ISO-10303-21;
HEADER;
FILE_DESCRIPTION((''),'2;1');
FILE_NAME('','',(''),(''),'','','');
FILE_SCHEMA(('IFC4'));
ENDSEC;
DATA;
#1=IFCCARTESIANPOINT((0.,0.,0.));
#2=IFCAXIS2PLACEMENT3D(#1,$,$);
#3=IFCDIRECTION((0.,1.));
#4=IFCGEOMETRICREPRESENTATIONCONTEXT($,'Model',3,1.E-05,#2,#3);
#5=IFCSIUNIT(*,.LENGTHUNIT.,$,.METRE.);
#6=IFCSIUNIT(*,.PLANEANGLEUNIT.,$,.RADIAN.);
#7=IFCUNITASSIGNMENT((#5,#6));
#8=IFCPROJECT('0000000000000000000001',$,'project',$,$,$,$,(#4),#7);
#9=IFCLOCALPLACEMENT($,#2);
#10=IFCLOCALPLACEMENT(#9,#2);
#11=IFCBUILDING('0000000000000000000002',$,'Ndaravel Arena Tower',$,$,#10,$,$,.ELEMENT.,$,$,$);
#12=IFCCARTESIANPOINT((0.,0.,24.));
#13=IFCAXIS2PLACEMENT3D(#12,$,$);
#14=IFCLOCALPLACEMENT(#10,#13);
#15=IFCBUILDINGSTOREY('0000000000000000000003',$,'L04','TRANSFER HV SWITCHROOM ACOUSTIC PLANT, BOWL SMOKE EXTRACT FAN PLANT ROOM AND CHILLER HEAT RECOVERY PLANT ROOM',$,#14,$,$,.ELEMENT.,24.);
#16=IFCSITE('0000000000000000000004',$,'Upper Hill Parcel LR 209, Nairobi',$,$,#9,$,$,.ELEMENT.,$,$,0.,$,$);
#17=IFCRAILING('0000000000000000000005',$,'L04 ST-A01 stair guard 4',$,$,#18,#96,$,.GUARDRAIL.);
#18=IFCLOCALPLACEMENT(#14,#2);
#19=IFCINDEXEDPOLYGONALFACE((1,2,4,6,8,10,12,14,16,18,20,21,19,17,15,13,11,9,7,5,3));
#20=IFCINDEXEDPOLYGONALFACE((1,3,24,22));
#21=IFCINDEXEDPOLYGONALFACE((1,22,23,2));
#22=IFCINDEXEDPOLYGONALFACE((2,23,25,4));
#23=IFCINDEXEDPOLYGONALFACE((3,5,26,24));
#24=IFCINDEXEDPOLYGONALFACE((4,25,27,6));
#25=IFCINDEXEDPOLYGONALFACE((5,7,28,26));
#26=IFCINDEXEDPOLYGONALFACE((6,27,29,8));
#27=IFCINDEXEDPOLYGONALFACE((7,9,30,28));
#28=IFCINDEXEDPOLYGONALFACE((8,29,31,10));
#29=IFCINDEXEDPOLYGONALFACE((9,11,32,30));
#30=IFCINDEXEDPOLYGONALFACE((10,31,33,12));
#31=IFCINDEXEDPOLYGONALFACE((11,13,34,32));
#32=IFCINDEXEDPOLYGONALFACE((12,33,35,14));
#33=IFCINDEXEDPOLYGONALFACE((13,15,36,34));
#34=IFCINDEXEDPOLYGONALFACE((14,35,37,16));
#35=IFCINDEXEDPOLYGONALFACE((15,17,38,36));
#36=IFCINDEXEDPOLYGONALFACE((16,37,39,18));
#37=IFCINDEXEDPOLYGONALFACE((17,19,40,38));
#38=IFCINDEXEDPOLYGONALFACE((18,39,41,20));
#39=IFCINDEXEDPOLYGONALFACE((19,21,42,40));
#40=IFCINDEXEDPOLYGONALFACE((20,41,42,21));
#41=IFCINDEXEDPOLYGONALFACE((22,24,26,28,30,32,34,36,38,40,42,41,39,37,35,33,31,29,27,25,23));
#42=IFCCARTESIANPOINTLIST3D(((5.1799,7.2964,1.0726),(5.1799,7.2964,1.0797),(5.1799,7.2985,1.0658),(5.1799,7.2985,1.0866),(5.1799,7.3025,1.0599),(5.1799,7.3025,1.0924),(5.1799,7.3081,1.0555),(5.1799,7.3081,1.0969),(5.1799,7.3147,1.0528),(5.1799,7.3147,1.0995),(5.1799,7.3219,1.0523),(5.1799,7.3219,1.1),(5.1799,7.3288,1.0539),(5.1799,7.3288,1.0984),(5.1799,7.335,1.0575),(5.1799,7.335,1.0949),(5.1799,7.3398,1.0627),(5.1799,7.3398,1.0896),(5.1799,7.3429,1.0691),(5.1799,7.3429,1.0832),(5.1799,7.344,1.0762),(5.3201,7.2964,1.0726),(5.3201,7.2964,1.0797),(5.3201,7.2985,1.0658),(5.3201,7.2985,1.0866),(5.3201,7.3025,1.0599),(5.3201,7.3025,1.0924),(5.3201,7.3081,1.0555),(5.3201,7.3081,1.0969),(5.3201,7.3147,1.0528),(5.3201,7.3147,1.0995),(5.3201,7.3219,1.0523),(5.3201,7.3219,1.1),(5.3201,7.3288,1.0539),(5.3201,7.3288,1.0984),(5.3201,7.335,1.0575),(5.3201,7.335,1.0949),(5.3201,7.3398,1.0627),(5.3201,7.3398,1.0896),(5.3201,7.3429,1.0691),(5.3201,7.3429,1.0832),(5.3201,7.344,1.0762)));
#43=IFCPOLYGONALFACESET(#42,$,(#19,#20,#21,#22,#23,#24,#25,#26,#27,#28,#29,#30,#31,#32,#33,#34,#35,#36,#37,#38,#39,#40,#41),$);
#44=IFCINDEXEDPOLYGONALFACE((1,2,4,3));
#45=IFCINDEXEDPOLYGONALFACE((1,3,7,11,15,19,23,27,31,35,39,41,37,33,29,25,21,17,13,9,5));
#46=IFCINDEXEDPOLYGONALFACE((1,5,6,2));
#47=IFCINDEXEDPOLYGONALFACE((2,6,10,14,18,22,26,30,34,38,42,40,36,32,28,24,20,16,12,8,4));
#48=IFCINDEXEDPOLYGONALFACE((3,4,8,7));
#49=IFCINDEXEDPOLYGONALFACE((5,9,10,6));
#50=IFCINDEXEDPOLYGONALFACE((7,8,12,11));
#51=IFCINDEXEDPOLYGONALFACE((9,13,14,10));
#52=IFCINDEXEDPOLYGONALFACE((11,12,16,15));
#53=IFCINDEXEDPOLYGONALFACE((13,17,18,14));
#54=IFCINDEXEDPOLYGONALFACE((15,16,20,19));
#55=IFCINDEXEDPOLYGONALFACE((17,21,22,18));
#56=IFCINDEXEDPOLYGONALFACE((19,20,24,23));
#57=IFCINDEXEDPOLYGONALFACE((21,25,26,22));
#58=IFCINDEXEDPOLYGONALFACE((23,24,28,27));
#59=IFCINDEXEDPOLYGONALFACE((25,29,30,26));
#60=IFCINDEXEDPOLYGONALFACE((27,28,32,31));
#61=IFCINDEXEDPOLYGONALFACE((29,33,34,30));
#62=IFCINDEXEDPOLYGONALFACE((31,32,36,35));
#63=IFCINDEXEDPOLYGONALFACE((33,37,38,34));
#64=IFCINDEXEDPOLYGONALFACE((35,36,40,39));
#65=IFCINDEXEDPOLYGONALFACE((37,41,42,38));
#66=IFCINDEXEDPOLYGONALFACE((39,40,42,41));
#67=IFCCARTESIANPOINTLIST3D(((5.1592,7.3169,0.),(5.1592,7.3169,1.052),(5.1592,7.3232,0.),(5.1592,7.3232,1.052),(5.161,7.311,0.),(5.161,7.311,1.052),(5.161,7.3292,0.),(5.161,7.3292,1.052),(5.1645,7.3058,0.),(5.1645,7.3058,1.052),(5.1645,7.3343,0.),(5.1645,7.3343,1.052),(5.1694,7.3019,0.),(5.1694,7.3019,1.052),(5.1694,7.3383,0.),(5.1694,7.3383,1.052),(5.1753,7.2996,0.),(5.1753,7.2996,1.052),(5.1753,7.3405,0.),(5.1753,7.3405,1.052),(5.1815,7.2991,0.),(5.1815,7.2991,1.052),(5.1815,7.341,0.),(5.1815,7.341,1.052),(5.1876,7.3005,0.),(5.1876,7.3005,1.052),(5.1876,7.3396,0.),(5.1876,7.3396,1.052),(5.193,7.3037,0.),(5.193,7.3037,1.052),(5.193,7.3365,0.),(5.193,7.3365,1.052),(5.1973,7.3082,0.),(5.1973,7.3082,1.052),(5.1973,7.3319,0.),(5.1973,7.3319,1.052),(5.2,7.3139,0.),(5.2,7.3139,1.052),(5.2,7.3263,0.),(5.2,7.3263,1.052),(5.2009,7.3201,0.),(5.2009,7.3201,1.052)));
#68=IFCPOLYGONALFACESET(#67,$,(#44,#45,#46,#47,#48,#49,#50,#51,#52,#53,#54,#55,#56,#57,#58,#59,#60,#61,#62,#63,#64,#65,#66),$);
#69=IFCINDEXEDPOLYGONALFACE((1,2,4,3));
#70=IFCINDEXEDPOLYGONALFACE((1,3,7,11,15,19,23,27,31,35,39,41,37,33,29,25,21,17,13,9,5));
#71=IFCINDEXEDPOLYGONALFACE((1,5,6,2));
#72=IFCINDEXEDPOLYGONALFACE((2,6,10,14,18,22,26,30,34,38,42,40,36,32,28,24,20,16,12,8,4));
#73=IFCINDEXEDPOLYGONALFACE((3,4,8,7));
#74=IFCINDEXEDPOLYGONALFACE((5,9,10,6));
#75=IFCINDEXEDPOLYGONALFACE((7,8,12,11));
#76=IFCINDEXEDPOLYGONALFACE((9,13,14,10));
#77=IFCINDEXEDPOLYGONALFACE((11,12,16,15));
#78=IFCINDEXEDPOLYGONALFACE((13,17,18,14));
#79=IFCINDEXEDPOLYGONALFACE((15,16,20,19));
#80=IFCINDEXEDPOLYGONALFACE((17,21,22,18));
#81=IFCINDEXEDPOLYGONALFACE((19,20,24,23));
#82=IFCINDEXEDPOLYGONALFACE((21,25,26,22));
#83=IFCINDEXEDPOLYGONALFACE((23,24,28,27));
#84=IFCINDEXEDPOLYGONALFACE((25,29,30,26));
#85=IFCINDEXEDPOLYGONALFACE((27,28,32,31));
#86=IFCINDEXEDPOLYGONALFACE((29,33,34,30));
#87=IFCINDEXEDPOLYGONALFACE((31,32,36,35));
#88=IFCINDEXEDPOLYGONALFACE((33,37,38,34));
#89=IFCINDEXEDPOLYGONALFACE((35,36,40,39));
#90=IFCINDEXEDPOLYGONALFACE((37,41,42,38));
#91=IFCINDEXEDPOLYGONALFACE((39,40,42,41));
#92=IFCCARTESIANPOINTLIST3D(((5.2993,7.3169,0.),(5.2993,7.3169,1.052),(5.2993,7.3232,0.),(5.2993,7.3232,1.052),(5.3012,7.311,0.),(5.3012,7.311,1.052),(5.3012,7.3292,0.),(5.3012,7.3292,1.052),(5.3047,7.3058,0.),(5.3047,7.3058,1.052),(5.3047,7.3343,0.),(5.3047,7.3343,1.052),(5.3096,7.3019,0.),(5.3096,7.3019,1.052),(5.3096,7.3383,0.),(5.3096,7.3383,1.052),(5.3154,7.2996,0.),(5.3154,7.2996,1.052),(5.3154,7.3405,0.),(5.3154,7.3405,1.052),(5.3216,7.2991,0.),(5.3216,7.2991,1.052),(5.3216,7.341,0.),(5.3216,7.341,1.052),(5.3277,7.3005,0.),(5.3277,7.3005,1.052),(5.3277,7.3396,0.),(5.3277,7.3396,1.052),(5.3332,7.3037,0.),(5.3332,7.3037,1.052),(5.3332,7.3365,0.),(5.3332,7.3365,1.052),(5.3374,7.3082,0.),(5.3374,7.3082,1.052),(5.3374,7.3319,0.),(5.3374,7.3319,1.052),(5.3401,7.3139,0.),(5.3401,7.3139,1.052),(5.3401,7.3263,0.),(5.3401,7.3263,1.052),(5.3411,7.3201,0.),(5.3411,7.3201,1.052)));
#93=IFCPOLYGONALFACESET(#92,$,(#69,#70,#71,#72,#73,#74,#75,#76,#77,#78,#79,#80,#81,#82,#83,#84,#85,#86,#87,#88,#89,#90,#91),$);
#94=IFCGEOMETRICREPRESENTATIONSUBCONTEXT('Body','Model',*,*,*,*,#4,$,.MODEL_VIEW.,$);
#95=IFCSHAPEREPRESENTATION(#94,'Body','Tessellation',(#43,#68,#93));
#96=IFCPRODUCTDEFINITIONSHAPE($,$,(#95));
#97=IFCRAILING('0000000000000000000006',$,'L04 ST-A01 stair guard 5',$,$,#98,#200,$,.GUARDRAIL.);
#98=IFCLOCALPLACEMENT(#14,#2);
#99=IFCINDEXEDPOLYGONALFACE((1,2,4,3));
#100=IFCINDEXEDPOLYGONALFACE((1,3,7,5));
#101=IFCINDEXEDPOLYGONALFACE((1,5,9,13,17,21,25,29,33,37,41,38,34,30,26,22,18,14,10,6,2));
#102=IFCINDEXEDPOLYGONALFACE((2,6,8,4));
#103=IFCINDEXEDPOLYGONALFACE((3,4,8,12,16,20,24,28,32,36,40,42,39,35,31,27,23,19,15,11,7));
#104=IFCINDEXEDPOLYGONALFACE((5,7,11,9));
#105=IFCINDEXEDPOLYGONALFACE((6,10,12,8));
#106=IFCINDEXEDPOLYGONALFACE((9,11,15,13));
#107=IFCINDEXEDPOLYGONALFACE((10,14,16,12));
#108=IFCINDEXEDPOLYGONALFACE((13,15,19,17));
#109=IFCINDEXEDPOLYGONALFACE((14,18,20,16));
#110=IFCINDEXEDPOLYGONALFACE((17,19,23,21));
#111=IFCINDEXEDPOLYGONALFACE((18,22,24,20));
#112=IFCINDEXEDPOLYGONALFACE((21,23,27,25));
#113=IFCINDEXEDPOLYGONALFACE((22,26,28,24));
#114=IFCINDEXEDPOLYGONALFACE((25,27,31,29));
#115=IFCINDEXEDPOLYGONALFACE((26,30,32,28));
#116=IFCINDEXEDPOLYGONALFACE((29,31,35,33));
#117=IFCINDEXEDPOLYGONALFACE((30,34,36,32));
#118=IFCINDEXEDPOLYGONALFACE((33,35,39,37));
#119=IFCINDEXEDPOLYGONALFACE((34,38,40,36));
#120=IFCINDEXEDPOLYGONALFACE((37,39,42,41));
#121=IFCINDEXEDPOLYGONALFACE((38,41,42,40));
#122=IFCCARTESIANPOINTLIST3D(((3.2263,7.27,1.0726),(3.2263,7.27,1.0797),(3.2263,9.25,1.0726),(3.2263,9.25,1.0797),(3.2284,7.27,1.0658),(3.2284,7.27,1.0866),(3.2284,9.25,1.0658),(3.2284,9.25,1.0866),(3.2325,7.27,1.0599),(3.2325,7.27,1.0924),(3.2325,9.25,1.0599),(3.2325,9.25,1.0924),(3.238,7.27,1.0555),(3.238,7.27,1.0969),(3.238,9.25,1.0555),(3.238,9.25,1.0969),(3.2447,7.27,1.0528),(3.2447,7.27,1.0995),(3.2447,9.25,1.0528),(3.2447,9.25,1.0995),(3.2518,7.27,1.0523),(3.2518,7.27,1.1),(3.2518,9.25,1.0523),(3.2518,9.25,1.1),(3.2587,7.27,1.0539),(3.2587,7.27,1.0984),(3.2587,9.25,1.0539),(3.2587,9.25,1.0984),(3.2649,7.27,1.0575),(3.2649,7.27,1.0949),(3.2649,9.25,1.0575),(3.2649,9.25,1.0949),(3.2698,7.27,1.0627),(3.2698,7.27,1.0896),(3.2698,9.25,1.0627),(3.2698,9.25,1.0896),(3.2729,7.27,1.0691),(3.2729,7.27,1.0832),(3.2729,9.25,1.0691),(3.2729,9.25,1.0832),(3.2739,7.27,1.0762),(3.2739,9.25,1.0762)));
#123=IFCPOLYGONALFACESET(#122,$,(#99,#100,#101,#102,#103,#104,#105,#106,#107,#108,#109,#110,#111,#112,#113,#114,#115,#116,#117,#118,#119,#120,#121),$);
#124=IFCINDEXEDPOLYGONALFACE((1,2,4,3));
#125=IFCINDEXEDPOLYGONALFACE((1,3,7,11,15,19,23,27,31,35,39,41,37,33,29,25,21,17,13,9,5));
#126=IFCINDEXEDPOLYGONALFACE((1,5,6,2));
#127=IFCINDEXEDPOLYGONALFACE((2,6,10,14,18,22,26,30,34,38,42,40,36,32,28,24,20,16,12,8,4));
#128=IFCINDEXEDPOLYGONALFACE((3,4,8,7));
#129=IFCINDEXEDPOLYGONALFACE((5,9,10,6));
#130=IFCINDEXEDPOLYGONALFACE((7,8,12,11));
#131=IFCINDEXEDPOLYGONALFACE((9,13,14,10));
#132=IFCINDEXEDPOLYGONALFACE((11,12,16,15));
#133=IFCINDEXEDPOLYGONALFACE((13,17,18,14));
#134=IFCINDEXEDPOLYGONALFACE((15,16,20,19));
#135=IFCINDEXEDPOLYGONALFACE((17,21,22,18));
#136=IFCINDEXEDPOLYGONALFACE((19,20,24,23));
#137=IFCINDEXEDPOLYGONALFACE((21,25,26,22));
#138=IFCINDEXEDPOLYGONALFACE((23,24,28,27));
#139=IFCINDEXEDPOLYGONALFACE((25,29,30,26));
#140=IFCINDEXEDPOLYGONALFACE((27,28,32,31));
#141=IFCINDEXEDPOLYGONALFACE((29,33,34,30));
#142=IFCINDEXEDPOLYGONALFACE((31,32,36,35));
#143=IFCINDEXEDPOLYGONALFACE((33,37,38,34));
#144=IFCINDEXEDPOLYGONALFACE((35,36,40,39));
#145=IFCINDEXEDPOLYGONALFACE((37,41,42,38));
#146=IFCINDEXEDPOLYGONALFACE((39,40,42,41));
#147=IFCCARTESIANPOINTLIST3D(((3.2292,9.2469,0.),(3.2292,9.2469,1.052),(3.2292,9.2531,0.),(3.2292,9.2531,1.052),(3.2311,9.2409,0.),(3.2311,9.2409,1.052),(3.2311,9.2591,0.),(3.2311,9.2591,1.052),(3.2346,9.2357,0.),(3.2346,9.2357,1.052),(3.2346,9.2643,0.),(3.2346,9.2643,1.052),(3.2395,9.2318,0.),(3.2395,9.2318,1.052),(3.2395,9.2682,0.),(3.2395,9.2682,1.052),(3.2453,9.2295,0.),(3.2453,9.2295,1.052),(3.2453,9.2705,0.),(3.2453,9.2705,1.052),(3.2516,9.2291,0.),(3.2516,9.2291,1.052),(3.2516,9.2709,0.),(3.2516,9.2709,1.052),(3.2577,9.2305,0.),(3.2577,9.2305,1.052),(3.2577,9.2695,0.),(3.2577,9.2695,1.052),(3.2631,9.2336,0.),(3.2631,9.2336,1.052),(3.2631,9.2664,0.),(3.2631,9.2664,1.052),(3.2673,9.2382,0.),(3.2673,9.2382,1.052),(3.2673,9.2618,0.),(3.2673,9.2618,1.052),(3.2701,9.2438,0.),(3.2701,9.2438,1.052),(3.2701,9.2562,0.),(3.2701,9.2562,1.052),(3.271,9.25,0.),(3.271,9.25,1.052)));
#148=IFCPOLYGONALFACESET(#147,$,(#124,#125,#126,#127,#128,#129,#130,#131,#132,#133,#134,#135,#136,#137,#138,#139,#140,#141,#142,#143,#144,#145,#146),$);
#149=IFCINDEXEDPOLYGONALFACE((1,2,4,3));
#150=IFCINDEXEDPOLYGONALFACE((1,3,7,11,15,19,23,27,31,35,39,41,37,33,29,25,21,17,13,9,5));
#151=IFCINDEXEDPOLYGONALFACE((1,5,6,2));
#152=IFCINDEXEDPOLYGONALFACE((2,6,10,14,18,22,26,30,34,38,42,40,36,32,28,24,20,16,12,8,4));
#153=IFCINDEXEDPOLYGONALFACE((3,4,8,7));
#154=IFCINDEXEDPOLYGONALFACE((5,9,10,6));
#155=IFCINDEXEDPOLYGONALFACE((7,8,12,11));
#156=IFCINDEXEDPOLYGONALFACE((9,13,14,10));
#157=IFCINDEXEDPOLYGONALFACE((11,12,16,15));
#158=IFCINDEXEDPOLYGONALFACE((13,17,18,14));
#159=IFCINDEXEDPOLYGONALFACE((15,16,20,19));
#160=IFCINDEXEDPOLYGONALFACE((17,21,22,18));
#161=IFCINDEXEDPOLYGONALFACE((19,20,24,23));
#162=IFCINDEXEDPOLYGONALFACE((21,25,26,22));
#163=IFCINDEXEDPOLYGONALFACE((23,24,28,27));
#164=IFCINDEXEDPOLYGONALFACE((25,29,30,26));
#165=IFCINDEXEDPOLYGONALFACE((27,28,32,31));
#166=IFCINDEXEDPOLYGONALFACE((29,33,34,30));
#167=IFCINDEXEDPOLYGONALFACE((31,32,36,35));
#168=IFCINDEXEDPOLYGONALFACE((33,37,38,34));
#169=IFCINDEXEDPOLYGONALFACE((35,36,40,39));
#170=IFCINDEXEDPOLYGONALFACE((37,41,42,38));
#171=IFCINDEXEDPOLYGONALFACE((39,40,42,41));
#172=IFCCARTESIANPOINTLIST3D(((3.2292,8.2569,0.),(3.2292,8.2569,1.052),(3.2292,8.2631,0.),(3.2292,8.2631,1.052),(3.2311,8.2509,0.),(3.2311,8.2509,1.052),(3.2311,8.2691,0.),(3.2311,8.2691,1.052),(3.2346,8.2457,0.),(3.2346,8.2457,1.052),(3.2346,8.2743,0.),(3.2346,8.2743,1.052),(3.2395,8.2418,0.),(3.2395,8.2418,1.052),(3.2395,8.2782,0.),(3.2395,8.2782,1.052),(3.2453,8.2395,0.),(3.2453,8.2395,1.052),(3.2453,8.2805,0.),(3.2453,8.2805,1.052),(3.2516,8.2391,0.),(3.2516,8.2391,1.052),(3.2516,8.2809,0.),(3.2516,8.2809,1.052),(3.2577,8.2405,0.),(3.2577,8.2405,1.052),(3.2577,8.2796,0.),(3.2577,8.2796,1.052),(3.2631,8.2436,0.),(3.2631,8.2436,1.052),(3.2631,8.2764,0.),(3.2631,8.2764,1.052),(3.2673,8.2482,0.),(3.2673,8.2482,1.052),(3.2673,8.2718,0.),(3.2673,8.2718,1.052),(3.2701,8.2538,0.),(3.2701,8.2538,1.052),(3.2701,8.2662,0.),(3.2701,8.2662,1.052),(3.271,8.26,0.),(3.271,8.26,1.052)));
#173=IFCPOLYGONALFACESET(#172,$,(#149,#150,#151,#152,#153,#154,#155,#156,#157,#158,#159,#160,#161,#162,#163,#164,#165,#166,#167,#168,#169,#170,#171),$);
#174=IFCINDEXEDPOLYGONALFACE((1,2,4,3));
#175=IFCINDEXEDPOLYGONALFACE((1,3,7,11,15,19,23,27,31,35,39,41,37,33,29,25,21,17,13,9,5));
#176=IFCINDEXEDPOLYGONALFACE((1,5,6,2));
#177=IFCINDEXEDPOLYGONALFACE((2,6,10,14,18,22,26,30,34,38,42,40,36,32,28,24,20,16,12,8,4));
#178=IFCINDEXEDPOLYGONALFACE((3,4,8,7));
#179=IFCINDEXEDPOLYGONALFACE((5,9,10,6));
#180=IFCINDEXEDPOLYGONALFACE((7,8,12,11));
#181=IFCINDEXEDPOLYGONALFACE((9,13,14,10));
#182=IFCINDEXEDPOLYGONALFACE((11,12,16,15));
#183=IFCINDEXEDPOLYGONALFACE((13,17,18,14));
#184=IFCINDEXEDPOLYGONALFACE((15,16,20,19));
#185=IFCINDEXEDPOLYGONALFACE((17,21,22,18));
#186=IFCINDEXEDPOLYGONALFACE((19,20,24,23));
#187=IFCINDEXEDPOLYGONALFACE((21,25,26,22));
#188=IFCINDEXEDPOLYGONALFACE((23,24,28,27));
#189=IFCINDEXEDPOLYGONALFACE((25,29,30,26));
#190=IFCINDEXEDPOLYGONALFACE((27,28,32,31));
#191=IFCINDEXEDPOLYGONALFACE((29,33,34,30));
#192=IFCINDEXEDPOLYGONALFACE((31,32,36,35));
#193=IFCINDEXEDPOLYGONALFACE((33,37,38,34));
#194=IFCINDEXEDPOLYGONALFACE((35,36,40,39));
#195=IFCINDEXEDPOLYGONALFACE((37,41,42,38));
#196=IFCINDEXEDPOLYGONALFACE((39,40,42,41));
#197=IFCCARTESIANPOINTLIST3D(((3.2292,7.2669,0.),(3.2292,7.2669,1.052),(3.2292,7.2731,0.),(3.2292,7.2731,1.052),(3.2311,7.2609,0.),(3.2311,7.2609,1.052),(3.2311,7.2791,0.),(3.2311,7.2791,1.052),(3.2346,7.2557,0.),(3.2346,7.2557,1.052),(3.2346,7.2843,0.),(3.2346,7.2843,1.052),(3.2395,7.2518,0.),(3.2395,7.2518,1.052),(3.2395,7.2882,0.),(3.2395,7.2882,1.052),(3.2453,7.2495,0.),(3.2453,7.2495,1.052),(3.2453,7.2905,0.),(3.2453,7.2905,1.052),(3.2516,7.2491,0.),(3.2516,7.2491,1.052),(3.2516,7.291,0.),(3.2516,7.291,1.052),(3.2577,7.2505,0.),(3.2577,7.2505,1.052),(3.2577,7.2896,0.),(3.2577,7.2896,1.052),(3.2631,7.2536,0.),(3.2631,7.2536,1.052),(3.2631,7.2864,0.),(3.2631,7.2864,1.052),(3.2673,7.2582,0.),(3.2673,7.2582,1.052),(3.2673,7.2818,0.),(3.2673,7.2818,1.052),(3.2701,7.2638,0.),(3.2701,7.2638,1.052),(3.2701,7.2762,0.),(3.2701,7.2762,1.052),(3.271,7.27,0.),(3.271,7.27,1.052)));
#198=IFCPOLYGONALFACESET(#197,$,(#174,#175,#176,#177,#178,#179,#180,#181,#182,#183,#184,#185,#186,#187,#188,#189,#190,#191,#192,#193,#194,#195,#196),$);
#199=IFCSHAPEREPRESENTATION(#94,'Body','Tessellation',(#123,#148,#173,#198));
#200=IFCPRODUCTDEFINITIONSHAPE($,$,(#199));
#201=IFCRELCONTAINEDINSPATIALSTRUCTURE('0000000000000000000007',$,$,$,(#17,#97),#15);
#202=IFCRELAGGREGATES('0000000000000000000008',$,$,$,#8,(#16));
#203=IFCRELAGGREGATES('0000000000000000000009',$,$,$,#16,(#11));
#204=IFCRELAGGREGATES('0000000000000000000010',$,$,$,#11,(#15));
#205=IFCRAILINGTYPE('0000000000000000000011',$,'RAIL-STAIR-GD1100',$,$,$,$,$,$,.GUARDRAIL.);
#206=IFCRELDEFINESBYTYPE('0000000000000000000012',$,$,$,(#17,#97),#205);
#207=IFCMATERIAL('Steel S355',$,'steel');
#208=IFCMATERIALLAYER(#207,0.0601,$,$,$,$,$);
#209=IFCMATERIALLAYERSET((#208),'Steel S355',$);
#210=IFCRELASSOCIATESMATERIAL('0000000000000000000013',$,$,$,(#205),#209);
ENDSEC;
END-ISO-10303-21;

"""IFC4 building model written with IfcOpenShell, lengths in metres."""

from ifc_helpers import new_model, si_unit, direction, frame, origin, origin_2d, place, context, subcontext, project, spatial, circle, extrude, material, layer, layer_set, type_object, element, save


model = new_model("IFC4")

# Units and contexts
model_context = context("Model", 3, precision=1e-05, world=origin(), true_north=direction((0.0, 1.0)))
body_context = subcontext(model_context, "Body", "Model", "MODEL_VIEW")
ifc_project = project(units=[si_unit("LENGTHUNIT", "METRE"), si_unit("PLANEANGLEUNIT", "RADIAN")], contexts=[model_context])

# Site, building, storey
site_placement = place(None, origin())
site = spatial("IfcSite", under=ifc_project, at=site_placement, Name="Upper Hill Parcel LR 209, Nairobi", CompositionType="ELEMENT", RefElevation=0.0)
building_placement = place(site_placement, origin())
building = spatial("IfcBuilding", under=site, at=building_placement, Name="Ndaravel Arena Tower", CompositionType="ELEMENT")
storey_placement = place(building_placement, frame((0.0, 0.0, 24.0)))
storey = spatial("IfcBuildingStorey", under=building, at=storey_placement, Name="L04", Description="TRANSFER HV SWITCHROOM ACOUSTIC PLANT, BOWL SMOKE EXTRACT FAN PLANT ROOM AND CHILLER HEAT RECOVERY PLANT ROOM", CompositionType="ELEMENT", Elevation=24.0)

# Railings
ifc_material_1 = material(Name="Steel S355", Category="steel")
ifc_layer_1 = layer(ifc_material_1, 0.0601)
ifc_layer_set_1 = layer_set([ifc_layer_1], Name="Steel S355")
railing_type = type_object("IfcRailingType", Name="RAIL-STAIR-GD1100", PredefinedType="GUARDRAIL", material=ifc_layer_set_1)
railing_1_placement = place(storey_placement, frame((5.1799, 7.3201, 0.0)))
element("IfcRailing", 1, at=railing_1_placement, inside=storey, type_object=railing_type, Name="L04 ST-A01 stair guard 4", PredefinedType="GUARDRAIL", context=body_context, shape_type="SweptSolid", body=[
    extrude(circle(Radius=0.0239, at=origin_2d()), frame((0.0, 0.0, 1.0762), z_axis=(1.0, 0.0, 0.0), x_axis=(0.0, 1.0, 0.0)), (0.0, 0.0, 1.0), 0.1401),
    extrude(circle(Radius=0.021, at=origin_2d()), origin(), (0.0, 0.0, 1.0), 1.052),
    extrude(circle(Radius=0.021, at=origin_2d()), frame((0.1401, 0.0, 0.0)), (0.0, 0.0, 1.0), 1.052),
])
for number, where, name in (
    (2, (3.25, 9.25, 0.0), "L04 ST-A01 stair guard 5"),
):
    element("IfcRailing", number, at=place(storey_placement, frame(where)), inside=storey, type_object=railing_type, Name=name, PredefinedType="GUARDRAIL", context=body_context, shape_type="SweptSolid", body=[
        extrude(circle(Radius=0.0239, at=origin_2d()), frame((0.0, 0.0, 1.0762), z_axis=(0.0, -1.0, 0.0), x_axis=(1.0, 0.0, 0.0)), (0.0, 0.0, 1.0), 1.98),
        extrude(circle(Radius=0.021, at=origin_2d()), origin(), (0.0, 0.0, 1.0), 1.052),
        extrude(circle(Radius=0.021, at=origin_2d()), frame((0.0, -0.99, 0.0)), (0.0, 0.0, 1.0), 1.052),
        extrude(circle(Radius=0.021, at=origin_2d()), frame((0.0, -1.98, 0.0)), (0.0, 0.0, 1.0), 1.052),
    ])

save(model, "model.ifc")
